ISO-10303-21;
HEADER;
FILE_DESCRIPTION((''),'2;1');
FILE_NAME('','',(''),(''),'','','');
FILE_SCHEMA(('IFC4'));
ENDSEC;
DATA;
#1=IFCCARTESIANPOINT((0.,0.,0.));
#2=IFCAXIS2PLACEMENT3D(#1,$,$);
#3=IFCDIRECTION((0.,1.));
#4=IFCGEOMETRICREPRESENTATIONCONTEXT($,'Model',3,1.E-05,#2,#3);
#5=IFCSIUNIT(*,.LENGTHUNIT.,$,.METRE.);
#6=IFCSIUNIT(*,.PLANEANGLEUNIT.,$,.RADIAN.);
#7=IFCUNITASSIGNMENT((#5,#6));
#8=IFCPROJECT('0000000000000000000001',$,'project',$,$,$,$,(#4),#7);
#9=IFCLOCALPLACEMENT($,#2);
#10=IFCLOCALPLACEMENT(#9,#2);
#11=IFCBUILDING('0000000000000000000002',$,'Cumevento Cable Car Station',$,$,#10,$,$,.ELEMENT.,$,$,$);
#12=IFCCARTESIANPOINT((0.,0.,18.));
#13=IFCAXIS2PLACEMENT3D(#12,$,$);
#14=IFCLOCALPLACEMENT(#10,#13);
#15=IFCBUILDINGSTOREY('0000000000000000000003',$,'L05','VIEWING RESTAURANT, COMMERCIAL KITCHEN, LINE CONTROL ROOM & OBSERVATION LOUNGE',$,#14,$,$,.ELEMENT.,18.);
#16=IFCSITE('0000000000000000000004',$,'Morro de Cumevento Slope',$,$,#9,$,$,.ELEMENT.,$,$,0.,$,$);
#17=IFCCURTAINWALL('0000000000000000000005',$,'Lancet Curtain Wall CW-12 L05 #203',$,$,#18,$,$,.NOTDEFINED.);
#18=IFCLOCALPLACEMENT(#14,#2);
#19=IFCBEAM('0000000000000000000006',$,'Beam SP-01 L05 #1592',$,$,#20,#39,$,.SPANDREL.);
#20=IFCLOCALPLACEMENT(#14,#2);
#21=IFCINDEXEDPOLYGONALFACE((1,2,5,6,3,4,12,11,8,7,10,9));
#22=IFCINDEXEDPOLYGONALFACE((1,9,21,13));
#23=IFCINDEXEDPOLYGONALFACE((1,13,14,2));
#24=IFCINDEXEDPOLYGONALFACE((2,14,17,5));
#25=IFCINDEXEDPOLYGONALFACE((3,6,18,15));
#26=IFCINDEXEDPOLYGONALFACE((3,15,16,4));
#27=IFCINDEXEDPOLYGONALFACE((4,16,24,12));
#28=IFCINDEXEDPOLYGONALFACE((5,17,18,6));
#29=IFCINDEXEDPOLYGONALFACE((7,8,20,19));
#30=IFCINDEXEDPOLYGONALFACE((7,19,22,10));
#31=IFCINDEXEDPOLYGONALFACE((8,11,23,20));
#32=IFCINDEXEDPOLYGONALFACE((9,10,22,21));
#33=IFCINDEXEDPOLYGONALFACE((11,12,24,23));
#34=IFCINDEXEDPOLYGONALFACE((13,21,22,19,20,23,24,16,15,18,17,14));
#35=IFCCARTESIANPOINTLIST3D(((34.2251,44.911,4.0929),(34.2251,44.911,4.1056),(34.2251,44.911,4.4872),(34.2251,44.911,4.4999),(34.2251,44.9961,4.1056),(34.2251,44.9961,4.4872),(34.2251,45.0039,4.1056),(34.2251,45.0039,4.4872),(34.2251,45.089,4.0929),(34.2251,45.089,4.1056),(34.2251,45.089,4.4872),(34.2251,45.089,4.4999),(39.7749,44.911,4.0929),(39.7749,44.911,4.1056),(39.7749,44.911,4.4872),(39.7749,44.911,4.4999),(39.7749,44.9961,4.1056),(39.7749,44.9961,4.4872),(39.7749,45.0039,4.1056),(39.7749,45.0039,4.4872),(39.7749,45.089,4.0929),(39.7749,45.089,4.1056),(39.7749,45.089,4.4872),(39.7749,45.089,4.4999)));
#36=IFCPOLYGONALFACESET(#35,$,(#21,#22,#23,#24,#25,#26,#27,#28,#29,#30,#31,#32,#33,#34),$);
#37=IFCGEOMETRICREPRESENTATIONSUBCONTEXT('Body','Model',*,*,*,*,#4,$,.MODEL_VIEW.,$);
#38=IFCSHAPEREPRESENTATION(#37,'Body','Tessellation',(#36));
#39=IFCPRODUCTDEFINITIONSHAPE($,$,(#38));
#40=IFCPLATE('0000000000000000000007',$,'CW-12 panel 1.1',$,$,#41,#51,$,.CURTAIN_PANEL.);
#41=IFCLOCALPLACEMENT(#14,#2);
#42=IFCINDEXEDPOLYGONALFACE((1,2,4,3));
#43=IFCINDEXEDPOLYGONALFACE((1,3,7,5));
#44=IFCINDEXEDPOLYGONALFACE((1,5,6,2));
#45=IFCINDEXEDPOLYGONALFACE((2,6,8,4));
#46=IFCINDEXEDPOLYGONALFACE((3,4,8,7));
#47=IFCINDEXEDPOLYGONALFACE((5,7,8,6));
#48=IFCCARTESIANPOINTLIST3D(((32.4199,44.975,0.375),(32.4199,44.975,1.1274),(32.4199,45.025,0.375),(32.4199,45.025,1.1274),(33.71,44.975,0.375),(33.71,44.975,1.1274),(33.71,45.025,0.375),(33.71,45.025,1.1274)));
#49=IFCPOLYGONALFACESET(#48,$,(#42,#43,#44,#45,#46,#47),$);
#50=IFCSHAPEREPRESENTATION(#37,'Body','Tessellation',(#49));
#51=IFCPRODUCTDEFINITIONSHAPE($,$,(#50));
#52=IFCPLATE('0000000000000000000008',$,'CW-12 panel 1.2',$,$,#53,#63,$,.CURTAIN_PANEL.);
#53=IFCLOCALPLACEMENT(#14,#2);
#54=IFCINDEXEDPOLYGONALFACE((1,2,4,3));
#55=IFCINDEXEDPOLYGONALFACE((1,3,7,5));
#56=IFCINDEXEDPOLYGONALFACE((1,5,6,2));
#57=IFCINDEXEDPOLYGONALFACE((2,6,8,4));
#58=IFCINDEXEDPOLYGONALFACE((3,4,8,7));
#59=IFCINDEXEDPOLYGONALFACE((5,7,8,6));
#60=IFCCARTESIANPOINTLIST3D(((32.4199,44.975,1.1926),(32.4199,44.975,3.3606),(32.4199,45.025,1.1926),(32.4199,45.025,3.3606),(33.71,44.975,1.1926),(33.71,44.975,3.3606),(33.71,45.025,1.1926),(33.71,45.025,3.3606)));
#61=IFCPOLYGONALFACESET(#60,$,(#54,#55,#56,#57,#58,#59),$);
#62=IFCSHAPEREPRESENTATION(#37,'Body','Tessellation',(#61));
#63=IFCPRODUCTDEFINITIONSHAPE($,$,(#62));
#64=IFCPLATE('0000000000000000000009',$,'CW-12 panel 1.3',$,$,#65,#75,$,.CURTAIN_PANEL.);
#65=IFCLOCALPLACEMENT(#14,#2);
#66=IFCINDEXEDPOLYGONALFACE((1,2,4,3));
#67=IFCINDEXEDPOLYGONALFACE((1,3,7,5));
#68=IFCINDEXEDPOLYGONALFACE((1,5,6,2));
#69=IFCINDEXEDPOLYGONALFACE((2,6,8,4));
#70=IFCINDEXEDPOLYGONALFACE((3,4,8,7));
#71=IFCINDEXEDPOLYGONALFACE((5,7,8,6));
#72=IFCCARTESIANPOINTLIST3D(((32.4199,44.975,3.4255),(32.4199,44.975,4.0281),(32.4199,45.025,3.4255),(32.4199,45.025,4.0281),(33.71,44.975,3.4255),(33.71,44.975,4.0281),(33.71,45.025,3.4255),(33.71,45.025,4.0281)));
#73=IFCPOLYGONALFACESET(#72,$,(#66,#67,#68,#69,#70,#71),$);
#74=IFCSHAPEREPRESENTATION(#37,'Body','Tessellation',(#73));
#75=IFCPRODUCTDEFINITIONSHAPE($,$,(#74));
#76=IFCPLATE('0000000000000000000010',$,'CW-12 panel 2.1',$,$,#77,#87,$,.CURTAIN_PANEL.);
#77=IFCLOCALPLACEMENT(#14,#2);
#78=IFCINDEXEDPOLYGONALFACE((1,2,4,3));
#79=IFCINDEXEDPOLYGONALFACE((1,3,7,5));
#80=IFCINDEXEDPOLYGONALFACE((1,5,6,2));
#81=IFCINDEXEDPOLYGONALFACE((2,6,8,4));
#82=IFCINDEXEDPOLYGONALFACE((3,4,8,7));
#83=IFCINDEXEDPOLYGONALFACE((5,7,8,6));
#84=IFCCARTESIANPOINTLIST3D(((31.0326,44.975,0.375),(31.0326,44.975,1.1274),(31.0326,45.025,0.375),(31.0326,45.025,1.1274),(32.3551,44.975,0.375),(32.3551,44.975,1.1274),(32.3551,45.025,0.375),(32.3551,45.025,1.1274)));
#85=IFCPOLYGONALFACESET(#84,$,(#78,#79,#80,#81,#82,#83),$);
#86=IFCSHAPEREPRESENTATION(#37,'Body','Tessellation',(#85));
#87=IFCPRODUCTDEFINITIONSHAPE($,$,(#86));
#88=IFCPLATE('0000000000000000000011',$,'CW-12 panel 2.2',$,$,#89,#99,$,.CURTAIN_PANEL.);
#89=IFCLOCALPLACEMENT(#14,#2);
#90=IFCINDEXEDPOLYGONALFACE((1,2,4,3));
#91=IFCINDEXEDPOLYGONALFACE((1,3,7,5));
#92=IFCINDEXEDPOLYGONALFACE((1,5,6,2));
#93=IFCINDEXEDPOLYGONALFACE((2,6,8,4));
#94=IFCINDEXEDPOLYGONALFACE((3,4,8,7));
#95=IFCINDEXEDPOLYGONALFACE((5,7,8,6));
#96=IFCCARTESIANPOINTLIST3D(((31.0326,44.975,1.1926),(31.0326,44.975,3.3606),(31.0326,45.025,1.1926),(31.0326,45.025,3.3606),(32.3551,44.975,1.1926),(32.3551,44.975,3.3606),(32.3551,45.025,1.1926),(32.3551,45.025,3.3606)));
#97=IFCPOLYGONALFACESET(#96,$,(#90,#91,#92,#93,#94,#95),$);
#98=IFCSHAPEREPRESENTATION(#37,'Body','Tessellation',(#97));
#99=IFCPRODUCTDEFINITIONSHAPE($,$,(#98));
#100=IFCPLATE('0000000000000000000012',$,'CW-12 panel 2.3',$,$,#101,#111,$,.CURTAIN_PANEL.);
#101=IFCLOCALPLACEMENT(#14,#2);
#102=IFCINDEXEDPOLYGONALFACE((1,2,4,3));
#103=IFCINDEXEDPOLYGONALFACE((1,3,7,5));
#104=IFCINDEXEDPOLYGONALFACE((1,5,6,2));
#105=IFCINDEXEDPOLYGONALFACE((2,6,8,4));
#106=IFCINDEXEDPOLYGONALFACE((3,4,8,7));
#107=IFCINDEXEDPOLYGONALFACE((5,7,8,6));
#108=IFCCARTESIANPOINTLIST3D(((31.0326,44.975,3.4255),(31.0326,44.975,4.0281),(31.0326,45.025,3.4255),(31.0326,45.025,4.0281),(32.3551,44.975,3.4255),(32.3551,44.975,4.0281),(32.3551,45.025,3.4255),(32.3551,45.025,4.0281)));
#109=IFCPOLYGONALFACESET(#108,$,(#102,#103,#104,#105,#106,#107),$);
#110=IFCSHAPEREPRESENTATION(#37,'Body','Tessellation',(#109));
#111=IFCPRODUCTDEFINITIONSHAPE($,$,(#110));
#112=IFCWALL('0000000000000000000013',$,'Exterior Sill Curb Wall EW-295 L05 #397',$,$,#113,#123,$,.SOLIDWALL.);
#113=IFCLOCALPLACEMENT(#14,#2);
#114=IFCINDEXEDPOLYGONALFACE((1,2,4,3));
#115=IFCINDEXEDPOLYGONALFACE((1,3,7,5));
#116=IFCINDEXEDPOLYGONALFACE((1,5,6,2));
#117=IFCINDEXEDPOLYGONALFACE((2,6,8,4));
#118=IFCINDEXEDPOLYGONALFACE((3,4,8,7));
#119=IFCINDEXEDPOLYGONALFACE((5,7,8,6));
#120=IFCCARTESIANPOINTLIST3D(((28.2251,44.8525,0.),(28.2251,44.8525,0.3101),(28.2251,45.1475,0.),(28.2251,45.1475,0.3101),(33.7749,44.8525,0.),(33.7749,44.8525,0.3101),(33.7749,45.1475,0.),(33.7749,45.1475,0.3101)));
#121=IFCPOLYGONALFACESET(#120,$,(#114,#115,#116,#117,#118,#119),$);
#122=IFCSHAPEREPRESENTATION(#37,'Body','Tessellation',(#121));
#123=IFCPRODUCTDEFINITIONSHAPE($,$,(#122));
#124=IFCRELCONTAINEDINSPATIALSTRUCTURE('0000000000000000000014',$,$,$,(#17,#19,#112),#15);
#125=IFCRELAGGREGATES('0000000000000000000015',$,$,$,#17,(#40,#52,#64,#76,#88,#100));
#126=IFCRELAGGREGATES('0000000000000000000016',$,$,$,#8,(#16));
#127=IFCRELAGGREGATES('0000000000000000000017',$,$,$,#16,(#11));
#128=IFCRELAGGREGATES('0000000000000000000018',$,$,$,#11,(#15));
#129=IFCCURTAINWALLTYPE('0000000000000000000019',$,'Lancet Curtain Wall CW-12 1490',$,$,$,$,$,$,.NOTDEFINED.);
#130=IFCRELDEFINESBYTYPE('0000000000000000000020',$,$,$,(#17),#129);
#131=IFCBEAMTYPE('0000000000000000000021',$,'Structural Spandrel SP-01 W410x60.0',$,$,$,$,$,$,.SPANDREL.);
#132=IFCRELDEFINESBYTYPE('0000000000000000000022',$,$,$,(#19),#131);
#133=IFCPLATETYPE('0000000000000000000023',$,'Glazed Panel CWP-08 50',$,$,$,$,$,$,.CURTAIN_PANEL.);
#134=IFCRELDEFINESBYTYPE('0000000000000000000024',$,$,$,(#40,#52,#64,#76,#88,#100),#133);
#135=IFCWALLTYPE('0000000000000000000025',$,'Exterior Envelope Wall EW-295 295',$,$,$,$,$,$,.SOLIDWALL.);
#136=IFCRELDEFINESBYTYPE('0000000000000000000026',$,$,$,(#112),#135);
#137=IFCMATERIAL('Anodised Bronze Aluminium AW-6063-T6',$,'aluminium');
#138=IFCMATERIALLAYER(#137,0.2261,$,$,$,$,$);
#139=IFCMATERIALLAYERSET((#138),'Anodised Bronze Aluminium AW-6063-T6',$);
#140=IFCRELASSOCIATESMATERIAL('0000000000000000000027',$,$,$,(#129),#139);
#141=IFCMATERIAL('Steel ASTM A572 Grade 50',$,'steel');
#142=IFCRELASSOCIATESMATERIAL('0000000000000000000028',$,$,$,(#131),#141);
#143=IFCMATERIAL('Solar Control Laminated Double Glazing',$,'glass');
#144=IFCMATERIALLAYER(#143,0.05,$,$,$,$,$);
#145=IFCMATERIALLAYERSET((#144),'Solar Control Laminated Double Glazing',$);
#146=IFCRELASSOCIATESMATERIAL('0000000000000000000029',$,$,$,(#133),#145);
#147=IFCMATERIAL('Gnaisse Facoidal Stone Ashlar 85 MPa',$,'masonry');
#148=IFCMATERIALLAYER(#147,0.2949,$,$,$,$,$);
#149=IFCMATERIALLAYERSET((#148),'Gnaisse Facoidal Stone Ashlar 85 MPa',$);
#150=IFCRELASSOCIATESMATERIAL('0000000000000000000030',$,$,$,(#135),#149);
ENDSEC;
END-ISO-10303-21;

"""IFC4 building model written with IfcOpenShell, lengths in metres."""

from ifc_helpers import new_model, si_unit, direction, frame, frame_2d, origin, origin_2d, place, context, subcontext, project, spatial, rectangle, i_section, extrude, material, layer, layer_set, material_profile, profile_set, type_object, element, aggregate, save


model = new_model("IFC4")

# Units and contexts
model_context = context("Model", 3, precision=1e-05, world=origin(), true_north=direction((0.0, 1.0)))
body_context = subcontext(model_context, "Body", "Model", "MODEL_VIEW")
ifc_project = project(units=[si_unit("LENGTHUNIT", "METRE"), si_unit("PLANEANGLEUNIT", "RADIAN")], contexts=[model_context])

# Site, building, storey
site_placement = place(None, origin())
site = spatial("IfcSite", under=ifc_project, at=site_placement, Name="Morro de Cumevento Slope", CompositionType="ELEMENT", RefElevation=0.0)
building_placement = place(site_placement, origin())
building = spatial("IfcBuilding", under=site, at=building_placement, Name="Cumevento Cable Car Station", CompositionType="ELEMENT")
storey_placement = place(building_placement, frame((0.0, 0.0, 18.0)))
storey = spatial("IfcBuildingStorey", under=building, at=storey_placement, Name="L05", Description="VIEWING RESTAURANT, COMMERCIAL KITCHEN, LINE CONTROL ROOM & OBSERVATION LOUNGE", CompositionType="ELEMENT", Elevation=18.0)

# Curtain wall
ifc_material_1 = material(Name="Anodised Bronze Aluminium AW-6063-T6", Category="aluminium")
ifc_layer_1 = layer(ifc_material_1, 0.2261)
ifc_layer_set_1 = layer_set([ifc_layer_1], Name="Anodised Bronze Aluminium AW-6063-T6")
curtain_wall_type = type_object("IfcCurtainWallType", Name="Lancet Curtain Wall CW-12 1490", PredefinedType="NOTDEFINED", material=ifc_layer_set_1)
curtain_wall_placement = place(storey_placement, origin())
curtain_wall = element("IfcCurtainWall", 1, at=curtain_wall_placement, inside=storey, type_object=curtain_wall_type, Name="Lancet Curtain Wall CW-12 L05 #203", PredefinedType="NOTDEFINED")

# Beam
ifc_material_2 = material(Name="Steel ASTM A572 Grade 50", Category="steel")
ifc_material_profile_1 = material_profile(ifc_material_2, i_section(OverallWidth=0.178, OverallDepth=0.407, WebThickness=0.0078, FlangeThickness=0.0127, at=origin_2d()), Name="W410x60.0")
ifc_profile_set_1 = profile_set([ifc_material_profile_1], Name="Steel ASTM A572 Grade 50")
beam_type = type_object("IfcBeamType", Name="Structural Spandrel SP-01 W410x60.0", PredefinedType="SPANDREL", material=ifc_profile_set_1)
beam_placement = place(storey_placement, frame((34.2251, 45.0, 4.2964), z_axis=(1.0, 0.0, 0.0), x_axis=(0.0, 1.0, 0.0)))
element("IfcBeam", 2, at=beam_placement, inside=storey, type_object=beam_type, Name="Beam SP-01 L05 #1592", PredefinedType="SPANDREL", context=body_context, shape_type="SweptSolid", body=[
    extrude(i_section(OverallWidth=0.178, OverallDepth=0.407, WebThickness=0.0078, FlangeThickness=0.0127, at=origin_2d()), origin(), (0.0, 0.0, 1.0), 5.5498),
])

# Plates
ifc_material_3 = material(Name="Solar Control Laminated Double Glazing", Category="glass")
ifc_layer_2 = layer(ifc_material_3, 0.05)
ifc_layer_set_2 = layer_set([ifc_layer_2], Name="Solar Control Laminated Double Glazing")
plate_type = type_object("IfcPlateType", Name="Glazed Panel CWP-08 50", PredefinedType="CURTAIN_PANEL", material=ifc_layer_set_2)
plate_1_placement = place(storey_placement, frame((33.0649, 45.0, 0.375), z_axis=(0.0, 0.0, 1.0), x_axis=(-1.0, 0.0, 0.0)))
plate_1 = element("IfcPlate", 3, at=plate_1_placement, type_object=plate_type, Name="CW-12 panel 1.1", PredefinedType="CURTAIN_PANEL", context=body_context, shape_type="SweptSolid", body=[
    extrude(rectangle(XDim=1.29, YDim=0.05, at=origin_2d()), origin(), (0.0, 0.0, 1.0), 0.7524),
])
plate_2_placement = place(storey_placement, frame((33.0649, 45.0, 1.1926), z_axis=(0.0, 0.0, 1.0), x_axis=(-1.0, 0.0, 0.0)))
plate_2 = element("IfcPlate", 4, at=plate_2_placement, type_object=plate_type, Name="CW-12 panel 1.2", PredefinedType="CURTAIN_PANEL", context=body_context, shape_type="SweptSolid", body=[
    extrude(rectangle(XDim=1.29, YDim=0.05, at=origin_2d()), origin(), (0.0, 0.0, 1.0), 2.168),
])
plate_3_placement = place(storey_placement, frame((33.0649, 45.0, 3.4255), z_axis=(0.0, 0.0, 1.0), x_axis=(-1.0, 0.0, 0.0)))
plate_3 = element("IfcPlate", 5, at=plate_3_placement, type_object=plate_type, Name="CW-12 panel 1.3", PredefinedType="CURTAIN_PANEL", context=body_context, shape_type="SweptSolid", body=[
    extrude(rectangle(XDim=1.29, YDim=0.05, at=origin_2d()), origin(), (0.0, 0.0, 1.0), 0.6025),
])
plate_4_placement = place(storey_placement, frame((31.6938, 45.0, 0.375), z_axis=(0.0, 0.0, 1.0), x_axis=(-1.0, 0.0, 0.0)))
plate_4 = element("IfcPlate", 6, at=plate_4_placement, type_object=plate_type, Name="CW-12 panel 2.1", PredefinedType="CURTAIN_PANEL", context=body_context, shape_type="SweptSolid", body=[
    extrude(rectangle(XDim=1.3225, YDim=0.05, at=origin_2d()), origin(), (0.0, 0.0, 1.0), 0.7524),
])
plate_5_placement = place(storey_placement, frame((31.6938, 45.0, 1.1926), z_axis=(0.0, 0.0, 1.0), x_axis=(-1.0, 0.0, 0.0)))
plate_5 = element("IfcPlate", 7, at=plate_5_placement, type_object=plate_type, Name="CW-12 panel 2.2", PredefinedType="CURTAIN_PANEL", context=body_context, shape_type="SweptSolid", body=[
    extrude(rectangle(XDim=1.3225, YDim=0.05, at=origin_2d()), origin(), (0.0, 0.0, 1.0), 2.168),
])
plate_6_placement = place(storey_placement, frame((31.6938, 45.0, 3.4255), z_axis=(0.0, 0.0, 1.0), x_axis=(-1.0, 0.0, 0.0)))
plate_6 = element("IfcPlate", 8, at=plate_6_placement, type_object=plate_type, Name="CW-12 panel 2.3", PredefinedType="CURTAIN_PANEL", context=body_context, shape_type="SweptSolid", body=[
    extrude(rectangle(XDim=1.3225, YDim=0.05, at=origin_2d()), origin(), (0.0, 0.0, 1.0), 0.6025),
])
aggregate(curtain_wall, [plate_1, plate_2, plate_3, plate_4, plate_5, plate_6])

# Wall
ifc_material_4 = material(Name="Gnaisse Facoidal Stone Ashlar 85 MPa", Category="masonry")
ifc_layer_3 = layer(ifc_material_4, 0.2949)
ifc_layer_set_3 = layer_set([ifc_layer_3], Name="Gnaisse Facoidal Stone Ashlar 85 MPa")
wall_type = type_object("IfcWallType", Name="Exterior Envelope Wall EW-295 295", PredefinedType="SOLIDWALL", material=ifc_layer_set_3)
wall_placement = place(storey_placement, frame((33.7749, 45.0, 0.0), z_axis=(0.0, 0.0, 1.0), x_axis=(-1.0, 0.0, 0.0)))
element("IfcWall", 9, at=wall_placement, inside=storey, type_object=wall_type, Name="Exterior Sill Curb Wall EW-295 L05 #397", PredefinedType="SOLIDWALL", context=body_context, shape_type="SweptSolid", body=[
    extrude(rectangle(XDim=5.5498, YDim=0.2949, at=frame_2d((2.7749, 0.0))), origin(), (0.0, 0.0, 1.0), 0.3101),
])

save(model, "model.ifc")
